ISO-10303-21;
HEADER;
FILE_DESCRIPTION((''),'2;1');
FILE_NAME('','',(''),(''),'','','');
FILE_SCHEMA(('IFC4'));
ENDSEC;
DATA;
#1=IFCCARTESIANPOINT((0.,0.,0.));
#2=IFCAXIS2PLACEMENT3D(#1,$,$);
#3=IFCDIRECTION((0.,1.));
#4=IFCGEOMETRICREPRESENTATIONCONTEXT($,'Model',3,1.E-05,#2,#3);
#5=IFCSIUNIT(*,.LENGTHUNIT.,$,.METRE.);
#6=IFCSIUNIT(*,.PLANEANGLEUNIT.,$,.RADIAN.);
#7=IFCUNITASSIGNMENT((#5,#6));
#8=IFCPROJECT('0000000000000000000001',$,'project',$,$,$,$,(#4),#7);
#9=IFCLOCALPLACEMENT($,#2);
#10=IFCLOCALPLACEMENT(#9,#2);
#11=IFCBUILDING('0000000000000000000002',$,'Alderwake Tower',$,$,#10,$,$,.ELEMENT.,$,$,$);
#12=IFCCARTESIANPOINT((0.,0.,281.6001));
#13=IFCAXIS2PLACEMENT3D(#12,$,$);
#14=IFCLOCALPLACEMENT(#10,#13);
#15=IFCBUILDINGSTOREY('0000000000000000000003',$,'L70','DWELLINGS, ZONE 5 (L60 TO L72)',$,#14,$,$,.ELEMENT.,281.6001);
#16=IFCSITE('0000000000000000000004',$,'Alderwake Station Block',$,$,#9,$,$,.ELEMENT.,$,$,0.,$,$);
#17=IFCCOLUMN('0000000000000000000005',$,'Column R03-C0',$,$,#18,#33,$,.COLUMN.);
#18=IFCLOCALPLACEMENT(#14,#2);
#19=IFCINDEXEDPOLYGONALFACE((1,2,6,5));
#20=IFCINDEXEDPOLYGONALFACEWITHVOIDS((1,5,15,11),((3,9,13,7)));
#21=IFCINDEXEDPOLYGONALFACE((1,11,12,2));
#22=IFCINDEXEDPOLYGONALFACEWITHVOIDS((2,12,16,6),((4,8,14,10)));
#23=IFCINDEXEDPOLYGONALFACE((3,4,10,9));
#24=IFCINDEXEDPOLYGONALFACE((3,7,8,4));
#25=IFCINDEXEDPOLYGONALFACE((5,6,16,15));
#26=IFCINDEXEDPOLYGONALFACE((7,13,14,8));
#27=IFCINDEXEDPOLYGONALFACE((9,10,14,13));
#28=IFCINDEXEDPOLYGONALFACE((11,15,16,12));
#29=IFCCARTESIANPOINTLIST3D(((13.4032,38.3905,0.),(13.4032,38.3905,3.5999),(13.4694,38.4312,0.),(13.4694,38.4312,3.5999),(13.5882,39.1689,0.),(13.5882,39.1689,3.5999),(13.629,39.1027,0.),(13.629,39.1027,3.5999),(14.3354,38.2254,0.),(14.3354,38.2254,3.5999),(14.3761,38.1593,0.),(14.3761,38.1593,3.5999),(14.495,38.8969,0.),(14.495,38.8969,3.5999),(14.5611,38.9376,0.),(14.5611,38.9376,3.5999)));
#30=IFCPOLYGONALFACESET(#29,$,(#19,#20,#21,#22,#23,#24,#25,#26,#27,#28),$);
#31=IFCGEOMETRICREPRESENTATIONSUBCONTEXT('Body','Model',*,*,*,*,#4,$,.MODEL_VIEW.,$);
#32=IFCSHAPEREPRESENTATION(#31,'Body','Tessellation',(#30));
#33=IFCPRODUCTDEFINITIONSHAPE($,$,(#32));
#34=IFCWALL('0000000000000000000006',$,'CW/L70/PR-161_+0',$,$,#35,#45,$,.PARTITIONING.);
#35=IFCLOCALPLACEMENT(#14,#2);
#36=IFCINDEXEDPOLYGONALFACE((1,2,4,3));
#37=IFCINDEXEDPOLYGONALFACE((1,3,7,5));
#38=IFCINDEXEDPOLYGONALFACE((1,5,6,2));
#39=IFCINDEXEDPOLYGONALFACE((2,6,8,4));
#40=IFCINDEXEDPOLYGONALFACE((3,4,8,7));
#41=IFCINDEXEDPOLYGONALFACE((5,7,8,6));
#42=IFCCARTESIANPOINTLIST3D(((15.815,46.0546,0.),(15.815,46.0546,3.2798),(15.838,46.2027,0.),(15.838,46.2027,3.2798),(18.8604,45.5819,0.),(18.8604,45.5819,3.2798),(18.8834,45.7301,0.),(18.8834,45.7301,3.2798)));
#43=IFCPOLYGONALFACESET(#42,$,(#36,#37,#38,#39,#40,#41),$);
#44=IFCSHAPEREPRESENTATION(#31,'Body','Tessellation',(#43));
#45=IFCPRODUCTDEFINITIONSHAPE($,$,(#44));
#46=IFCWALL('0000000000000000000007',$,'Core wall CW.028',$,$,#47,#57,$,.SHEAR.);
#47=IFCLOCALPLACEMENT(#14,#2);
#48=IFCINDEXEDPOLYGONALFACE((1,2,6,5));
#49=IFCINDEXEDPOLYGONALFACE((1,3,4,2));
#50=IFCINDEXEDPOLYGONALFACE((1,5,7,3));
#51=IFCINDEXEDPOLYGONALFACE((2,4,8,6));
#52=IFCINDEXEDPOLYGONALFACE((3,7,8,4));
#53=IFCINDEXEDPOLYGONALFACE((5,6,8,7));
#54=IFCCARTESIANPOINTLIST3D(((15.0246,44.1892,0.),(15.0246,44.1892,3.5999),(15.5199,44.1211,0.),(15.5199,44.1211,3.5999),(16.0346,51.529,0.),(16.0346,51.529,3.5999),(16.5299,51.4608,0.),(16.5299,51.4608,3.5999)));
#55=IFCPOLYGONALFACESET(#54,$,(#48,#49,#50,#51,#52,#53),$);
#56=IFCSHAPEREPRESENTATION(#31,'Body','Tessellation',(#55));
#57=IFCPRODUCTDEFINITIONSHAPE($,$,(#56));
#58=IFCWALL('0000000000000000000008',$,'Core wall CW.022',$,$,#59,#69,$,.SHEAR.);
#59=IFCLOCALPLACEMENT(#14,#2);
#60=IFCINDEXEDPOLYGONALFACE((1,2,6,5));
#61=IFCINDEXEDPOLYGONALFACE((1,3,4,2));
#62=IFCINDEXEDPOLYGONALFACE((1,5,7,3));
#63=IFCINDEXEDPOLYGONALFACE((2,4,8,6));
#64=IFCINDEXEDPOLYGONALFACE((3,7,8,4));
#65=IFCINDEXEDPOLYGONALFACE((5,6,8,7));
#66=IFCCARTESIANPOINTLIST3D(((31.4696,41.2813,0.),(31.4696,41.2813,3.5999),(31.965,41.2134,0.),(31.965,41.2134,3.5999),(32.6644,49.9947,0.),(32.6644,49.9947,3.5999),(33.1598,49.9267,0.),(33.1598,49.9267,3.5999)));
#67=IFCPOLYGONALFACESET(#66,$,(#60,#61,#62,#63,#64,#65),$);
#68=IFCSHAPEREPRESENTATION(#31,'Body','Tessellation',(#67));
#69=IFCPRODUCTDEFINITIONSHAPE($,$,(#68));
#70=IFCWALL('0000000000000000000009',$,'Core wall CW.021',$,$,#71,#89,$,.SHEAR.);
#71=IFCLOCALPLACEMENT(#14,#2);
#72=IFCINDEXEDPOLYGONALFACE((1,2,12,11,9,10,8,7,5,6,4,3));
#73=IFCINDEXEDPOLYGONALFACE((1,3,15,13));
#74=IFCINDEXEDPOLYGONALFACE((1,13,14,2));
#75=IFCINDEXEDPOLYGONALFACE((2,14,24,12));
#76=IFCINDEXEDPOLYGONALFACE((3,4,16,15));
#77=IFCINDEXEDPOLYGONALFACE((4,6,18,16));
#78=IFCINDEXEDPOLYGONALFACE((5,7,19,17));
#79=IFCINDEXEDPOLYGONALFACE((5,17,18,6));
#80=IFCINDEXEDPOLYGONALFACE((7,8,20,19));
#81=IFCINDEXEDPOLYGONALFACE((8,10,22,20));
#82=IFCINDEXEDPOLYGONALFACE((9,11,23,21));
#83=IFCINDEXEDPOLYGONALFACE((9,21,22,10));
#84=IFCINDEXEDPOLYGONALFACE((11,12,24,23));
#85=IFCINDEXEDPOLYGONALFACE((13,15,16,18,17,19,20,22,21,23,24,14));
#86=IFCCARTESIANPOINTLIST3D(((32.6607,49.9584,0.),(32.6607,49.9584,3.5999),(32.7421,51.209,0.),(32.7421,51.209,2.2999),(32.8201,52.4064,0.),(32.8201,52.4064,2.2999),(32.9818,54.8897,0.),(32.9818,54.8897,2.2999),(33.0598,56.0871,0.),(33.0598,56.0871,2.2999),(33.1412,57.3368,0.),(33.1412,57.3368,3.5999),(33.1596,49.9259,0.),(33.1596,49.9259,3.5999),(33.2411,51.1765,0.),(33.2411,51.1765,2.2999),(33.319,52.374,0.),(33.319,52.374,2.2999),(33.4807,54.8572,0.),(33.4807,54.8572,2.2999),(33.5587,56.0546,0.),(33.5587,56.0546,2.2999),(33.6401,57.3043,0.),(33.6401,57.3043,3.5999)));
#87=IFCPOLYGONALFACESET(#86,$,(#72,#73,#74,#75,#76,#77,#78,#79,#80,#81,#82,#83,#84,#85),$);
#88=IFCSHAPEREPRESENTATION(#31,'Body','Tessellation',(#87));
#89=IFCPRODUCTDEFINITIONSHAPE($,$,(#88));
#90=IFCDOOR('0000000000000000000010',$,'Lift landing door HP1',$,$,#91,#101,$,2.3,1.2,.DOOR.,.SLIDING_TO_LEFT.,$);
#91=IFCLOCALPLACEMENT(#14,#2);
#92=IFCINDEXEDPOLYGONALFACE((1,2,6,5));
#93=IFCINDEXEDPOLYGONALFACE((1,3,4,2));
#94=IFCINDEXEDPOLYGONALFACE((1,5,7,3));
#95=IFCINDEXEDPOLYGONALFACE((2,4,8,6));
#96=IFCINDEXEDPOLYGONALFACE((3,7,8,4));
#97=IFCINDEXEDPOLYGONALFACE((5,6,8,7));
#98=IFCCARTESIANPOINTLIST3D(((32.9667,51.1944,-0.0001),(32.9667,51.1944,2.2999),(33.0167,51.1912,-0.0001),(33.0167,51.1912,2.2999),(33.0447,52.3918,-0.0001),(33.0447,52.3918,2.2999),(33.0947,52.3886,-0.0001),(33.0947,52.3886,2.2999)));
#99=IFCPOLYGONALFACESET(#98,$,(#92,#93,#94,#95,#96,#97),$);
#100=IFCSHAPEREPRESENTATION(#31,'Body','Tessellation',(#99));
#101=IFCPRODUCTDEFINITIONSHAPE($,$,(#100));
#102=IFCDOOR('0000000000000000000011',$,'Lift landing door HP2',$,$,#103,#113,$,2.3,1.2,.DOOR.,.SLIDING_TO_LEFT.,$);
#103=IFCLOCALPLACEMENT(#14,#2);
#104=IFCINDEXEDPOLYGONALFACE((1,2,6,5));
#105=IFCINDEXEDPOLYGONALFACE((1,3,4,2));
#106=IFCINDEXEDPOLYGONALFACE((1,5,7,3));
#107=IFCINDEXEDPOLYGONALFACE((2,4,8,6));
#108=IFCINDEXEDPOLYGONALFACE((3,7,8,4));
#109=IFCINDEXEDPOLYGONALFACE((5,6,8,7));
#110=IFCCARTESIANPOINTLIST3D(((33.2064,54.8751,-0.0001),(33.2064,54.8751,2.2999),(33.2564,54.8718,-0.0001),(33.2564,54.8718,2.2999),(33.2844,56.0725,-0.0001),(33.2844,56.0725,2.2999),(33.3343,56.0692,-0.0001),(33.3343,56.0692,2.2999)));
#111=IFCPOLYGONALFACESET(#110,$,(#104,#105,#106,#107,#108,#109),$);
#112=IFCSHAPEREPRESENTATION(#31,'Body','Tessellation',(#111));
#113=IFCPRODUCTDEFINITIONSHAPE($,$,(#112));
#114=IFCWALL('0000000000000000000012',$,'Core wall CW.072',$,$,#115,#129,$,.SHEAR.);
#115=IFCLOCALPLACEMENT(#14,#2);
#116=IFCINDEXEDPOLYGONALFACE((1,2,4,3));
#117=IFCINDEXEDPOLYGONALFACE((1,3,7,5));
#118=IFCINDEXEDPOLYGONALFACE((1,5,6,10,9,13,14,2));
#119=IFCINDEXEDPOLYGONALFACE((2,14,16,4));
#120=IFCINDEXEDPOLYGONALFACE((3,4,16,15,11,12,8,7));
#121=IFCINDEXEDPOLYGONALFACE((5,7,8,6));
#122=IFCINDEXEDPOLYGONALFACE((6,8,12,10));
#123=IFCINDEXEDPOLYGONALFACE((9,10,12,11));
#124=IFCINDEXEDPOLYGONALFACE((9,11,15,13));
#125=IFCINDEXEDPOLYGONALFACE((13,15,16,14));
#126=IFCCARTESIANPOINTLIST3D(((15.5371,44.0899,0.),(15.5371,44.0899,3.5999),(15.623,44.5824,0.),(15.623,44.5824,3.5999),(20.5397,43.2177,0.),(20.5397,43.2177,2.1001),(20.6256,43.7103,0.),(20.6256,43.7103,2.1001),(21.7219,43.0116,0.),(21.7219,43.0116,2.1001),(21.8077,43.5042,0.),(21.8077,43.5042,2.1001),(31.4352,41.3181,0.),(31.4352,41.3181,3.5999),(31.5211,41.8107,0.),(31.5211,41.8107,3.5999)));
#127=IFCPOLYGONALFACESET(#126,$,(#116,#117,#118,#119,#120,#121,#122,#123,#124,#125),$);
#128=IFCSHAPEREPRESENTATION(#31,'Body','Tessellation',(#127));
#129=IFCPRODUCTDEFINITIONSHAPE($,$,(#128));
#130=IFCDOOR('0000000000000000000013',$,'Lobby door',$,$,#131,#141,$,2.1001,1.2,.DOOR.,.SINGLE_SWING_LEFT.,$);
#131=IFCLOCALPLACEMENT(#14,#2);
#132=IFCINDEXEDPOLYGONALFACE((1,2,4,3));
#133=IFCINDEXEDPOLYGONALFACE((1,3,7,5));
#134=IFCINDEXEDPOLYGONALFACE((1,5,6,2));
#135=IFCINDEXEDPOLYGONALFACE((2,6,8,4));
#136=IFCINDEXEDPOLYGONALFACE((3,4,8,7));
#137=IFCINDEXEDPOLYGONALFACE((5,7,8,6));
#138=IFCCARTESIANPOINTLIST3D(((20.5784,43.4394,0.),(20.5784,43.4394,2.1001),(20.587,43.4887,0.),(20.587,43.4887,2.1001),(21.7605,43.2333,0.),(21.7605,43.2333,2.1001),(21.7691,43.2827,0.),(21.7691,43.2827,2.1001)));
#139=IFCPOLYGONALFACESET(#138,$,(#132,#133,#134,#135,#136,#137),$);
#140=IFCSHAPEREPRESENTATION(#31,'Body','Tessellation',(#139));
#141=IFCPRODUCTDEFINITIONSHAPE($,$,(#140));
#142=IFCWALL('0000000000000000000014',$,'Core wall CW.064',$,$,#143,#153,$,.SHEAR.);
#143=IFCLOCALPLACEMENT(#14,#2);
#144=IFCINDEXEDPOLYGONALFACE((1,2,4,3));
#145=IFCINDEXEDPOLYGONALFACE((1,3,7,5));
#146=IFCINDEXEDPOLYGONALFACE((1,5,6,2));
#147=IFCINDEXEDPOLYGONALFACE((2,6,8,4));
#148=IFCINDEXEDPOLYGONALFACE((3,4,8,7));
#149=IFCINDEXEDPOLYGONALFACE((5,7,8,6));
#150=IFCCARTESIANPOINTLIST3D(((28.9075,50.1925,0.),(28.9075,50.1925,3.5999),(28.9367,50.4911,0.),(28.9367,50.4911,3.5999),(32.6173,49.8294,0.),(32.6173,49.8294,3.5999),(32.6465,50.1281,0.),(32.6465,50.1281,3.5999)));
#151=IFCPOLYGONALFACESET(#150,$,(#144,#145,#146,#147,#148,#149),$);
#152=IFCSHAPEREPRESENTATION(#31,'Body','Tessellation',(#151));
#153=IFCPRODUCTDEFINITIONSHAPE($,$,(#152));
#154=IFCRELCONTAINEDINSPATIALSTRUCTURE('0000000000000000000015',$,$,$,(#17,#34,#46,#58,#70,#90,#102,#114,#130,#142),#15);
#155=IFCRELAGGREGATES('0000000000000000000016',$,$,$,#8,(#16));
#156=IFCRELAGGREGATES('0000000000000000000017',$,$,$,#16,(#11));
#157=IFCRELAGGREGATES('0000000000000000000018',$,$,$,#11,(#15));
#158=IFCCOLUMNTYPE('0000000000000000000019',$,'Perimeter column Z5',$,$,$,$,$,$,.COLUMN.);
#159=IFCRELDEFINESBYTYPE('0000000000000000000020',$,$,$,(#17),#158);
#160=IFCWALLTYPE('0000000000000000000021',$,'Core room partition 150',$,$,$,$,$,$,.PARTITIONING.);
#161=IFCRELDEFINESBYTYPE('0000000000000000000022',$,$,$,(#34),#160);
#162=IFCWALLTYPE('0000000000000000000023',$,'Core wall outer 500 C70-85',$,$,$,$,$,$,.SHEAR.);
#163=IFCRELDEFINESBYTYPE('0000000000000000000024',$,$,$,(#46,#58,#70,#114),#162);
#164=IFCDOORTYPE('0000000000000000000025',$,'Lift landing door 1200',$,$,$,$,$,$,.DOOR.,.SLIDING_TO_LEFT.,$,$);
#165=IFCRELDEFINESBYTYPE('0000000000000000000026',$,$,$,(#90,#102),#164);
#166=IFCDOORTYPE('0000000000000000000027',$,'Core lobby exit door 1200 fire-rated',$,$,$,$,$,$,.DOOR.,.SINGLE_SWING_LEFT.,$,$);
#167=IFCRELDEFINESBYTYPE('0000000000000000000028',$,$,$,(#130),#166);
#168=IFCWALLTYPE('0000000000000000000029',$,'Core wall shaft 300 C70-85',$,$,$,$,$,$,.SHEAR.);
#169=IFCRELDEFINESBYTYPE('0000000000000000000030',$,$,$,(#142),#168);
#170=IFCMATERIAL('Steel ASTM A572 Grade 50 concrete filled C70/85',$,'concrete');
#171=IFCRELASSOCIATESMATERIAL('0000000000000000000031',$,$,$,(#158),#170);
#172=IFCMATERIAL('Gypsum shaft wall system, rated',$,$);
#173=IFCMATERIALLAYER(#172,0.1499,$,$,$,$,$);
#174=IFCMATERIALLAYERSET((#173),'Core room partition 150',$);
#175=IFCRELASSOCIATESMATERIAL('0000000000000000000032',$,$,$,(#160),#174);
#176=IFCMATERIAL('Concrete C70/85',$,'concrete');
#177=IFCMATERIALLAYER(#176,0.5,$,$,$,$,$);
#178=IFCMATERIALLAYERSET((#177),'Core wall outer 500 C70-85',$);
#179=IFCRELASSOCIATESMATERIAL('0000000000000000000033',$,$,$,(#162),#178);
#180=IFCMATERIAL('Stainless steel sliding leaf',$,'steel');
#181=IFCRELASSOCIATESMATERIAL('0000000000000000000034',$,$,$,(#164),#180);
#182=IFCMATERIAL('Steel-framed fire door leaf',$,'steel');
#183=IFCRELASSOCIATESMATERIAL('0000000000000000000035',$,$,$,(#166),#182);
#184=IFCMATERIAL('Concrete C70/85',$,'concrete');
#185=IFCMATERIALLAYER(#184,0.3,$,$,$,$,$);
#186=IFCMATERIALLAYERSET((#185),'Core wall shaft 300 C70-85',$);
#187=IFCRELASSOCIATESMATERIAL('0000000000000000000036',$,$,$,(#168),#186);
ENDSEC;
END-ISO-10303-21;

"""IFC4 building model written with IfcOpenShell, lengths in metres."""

from ifc_helpers import new_model, si_unit, direction, frame, frame_2d, origin, origin_2d, place, context, subcontext, project, spatial, rectangle, hollow_rectangle, extrude, material, layer, layer_set, material_profile, profile_set, type_object, element, fill, save


model = new_model("IFC4")

# Units and contexts
model_context = context("Model", 3, precision=1e-05, world=origin(), true_north=direction((0.0, 1.0)))
body_context = subcontext(model_context, "Body", "Model", "MODEL_VIEW")
ifc_project = project(units=[si_unit("LENGTHUNIT", "METRE"), si_unit("PLANEANGLEUNIT", "RADIAN")], contexts=[model_context])

# Site, building, storey
site_placement = place(None, origin())
site = spatial("IfcSite", under=ifc_project, at=site_placement, Name="Alderwake Station Block", CompositionType="ELEMENT", RefElevation=0.0)
building_placement = place(site_placement, origin())
building = spatial("IfcBuilding", under=site, at=building_placement, Name="Alderwake Tower", CompositionType="ELEMENT")
storey_placement = place(building_placement, frame((0.0, 0.0, 281.6001)))
storey = spatial("IfcBuildingStorey", under=building, at=storey_placement, Name="L70", Description="DWELLINGS, ZONE 5 (L60 TO L72)", CompositionType="ELEMENT", Elevation=281.6001)

# Column
ifc_material_1 = material(Name="Steel ASTM A572 Grade 50 concrete filled C70/85", Category="concrete")
ifc_material_profile = material_profile(ifc_material_1, hollow_rectangle(XDim=0.8, YDim=1.0, WallThickness=0.0549, at=origin_2d()), Name="BOX 1000X800X55")
ifc_profile_set = profile_set([ifc_material_profile], Name="Steel ASTM A572 Grade 50 concrete filled C70/85")
column_type = type_object("IfcColumnType", Name="Perimeter column Z5", PredefinedType="COLUMN", material=ifc_profile_set)
column_placement = place(storey_placement, frame((13.9822, 38.6641, 0.0), z_axis=(0.0, 0.0, 1.0), x_axis=(0.231222, 0.972901, 0.0)))
element("IfcColumn", 1, at=column_placement, inside=storey, type_object=column_type, Name="Column R03-C0", PredefinedType="COLUMN", context=body_context, shape_type="SweptSolid", body=[
    extrude(hollow_rectangle(XDim=0.8, YDim=1.0, WallThickness=0.0549, at=origin_2d()), origin(), (0.0, 0.0, 1.0), 3.5999),
])

# Walls
ifc_material_2 = material(Name="Gypsum shaft wall system, rated")
ifc_layer_1 = layer(ifc_material_2, 0.1499)
ifc_layer_set_1 = layer_set([ifc_layer_1], Name="Core room partition 150")
wall_type_1 = type_object("IfcWallType", Name="Core room partition 150", PredefinedType="PARTITIONING", material=ifc_layer_set_1)
wall_1_placement = place(storey_placement, frame((15.8264, 46.1287, 0.0), z_axis=(0.0, 0.0, 1.0), x_axis=(0.988169, -0.153367, 0.0)))
element("IfcWall", 2, at=wall_1_placement, inside=storey, type_object=wall_type_1, Name="CW/L70/PR-161_+0", PredefinedType="PARTITIONING", context=body_context, shape_type="SweptSolid", body=[
    extrude(rectangle(XDim=3.0818, YDim=0.1499, at=frame_2d((1.541, 0.0))), origin(), (0.0, 0.0, 1.0), 3.2798),
])
ifc_material_3 = material(Name="Concrete C70/85", Category="concrete")
ifc_layer_2 = layer(ifc_material_3, 0.5)
ifc_layer_set_2 = layer_set([ifc_layer_2], Name="Core wall outer 500 C70-85")
wall_type_2 = type_object("IfcWallType", Name="Core wall outer 500 C70-85", PredefinedType="SHEAR", material=ifc_layer_set_2)
wall_2_placement = place(storey_placement, frame((15.2722, 44.155, 0.0), z_axis=(0.0, 0.0, 1.0), x_axis=(0.136322, 0.990665, 0.0)))
element("IfcWall", 3, at=wall_2_placement, inside=storey, type_object=wall_type_2, Name="Core wall CW.028", PredefinedType="SHEAR", context=body_context, shape_type="SweptSolid", body=[
    extrude(rectangle(XDim=7.4089, YDim=0.5, at=frame_2d((3.7046, 0.0))), origin(), (0.0, 0.0, 1.0), 3.5999),
])
wall_3_placement = place(storey_placement, frame((31.7173, 41.2473, 0.0), z_axis=(0.0, 0.0, 1.0), x_axis=(0.135854, 0.990729, 0.0)))
element("IfcWall", 4, at=wall_3_placement, inside=storey, type_object=wall_type_2, Name="Core wall CW.022", PredefinedType="SHEAR", context=body_context, shape_type="SweptSolid", body=[
    extrude(rectangle(XDim=8.7949, YDim=0.5, at=frame_2d((4.3975, 0.0))), origin(), (0.0, 0.0, 1.0), 3.5999),
])

# Wall, openings, doors
wall_4_placement = place(storey_placement, frame((32.9102, 49.9421, 0.0), z_axis=(0.0, 0.0, 1.0), x_axis=(0.064981, 0.997887, 0.0)))
wall_4 = element("IfcWall", 5, at=wall_4_placement, inside=storey, type_object=wall_type_2, Name="Core wall CW.021", PredefinedType="SHEAR", context=body_context, shape_type="SweptSolid", body=[
    extrude(rectangle(XDim=7.394, YDim=0.5, at=frame_2d((3.697, 0.0))), origin(), (0.0, 0.0, 1.0), 3.5999),
])
opening_1_placement = place(wall_4_placement, frame((1.2532, 0.0, 0.0)))
opening_1 = element("IfcOpeningElement", 6, at=opening_1_placement, cuts=wall_4, PredefinedType="OPENING", context=body_context, shape_type="SweptSolid", body=[
    extrude(rectangle(XDim=1.2, YDim=2.3, at=frame_2d((0.6001, 1.1499))), frame((0.0, 0.26, 0.0), z_axis=(0.0, -1.0, 0.0), x_axis=(1.0, 0.0, 0.0)), (0.0, 0.0, 1.0), 0.52),
])
opening_2_placement = place(wall_4_placement, frame((4.9417, 0.0, 0.0)))
opening_2 = element("IfcOpeningElement", 7, at=opening_2_placement, cuts=wall_4, PredefinedType="OPENING", context=body_context, shape_type="SweptSolid", body=[
    extrude(rectangle(XDim=1.2, YDim=2.3, at=frame_2d((0.6001, 1.1499))), frame((0.0, 0.26, 0.0), z_axis=(0.0, -1.0, 0.0), x_axis=(1.0, 0.0, 0.0)), (0.0, 0.0, 1.0), 0.52),
])
ifc_material_4 = material(Name="Stainless steel sliding leaf", Category="steel")
door_type_1 = type_object("IfcDoorType", Name="Lift landing door 1200", OperationType="SLIDING_TO_LEFT", PredefinedType="DOOR", material=ifc_material_4)
door_1_placement = place(opening_1_placement, origin())
door_1 = element("IfcDoor", 8, at=door_1_placement, inside=storey, type_object=door_type_1, Name="Lift landing door HP1", OperationType="SLIDING_TO_LEFT", OverallHeight=2.3, OverallWidth=1.2, PredefinedType="DOOR", context=body_context, shape_type="SweptSolid", body=[
    extrude(rectangle(XDim=1.2, YDim=2.3, at=frame_2d((0.6001, 1.1499))), frame((0.0, 0.0249, 0.0), z_axis=(0.0, -1.0, 0.0), x_axis=(1.0, 0.0, 0.0)), (0.0, 0.0, 1.0), 0.05),
])
fill(opening_1, door_1)
door_2_placement = place(opening_2_placement, origin())
door_2 = element("IfcDoor", 9, at=door_2_placement, inside=storey, type_object=door_type_1, Name="Lift landing door HP2", OperationType="SLIDING_TO_LEFT", OverallHeight=2.3, OverallWidth=1.2, PredefinedType="DOOR", context=body_context, shape_type="SweptSolid", body=[
    extrude(rectangle(XDim=1.2, YDim=2.3, at=frame_2d((0.6001, 1.1499))), frame((0.0, 0.0249, 0.0), z_axis=(0.0, -1.0, 0.0), x_axis=(1.0, 0.0, 0.0)), (0.0, 0.0, 1.0), 0.05),
])
fill(opening_2, door_2)

# Wall, opening, door
wall_5_placement = place(storey_placement, frame((31.478, 41.5645, 0.0), z_axis=(0.0, 0.0, 1.0), x_axis=(-0.98514, 0.171752, 0.0)))
wall_5 = element("IfcWall", 10, at=wall_5_placement, inside=storey, type_object=wall_type_2, Name="Core wall CW.072", PredefinedType="SHEAR", context=body_context, shape_type="SweptSolid", body=[
    extrude(rectangle(XDim=16.1379, YDim=0.5, at=frame_2d((8.0688, 0.0))), origin(), (0.0, 0.0, 1.0), 3.5999),
])
opening_3_placement = place(wall_5_placement, frame((9.8596, 0.0, 0.0)))
opening_3 = element("IfcOpeningElement", 11, at=opening_3_placement, cuts=wall_5, PredefinedType="OPENING", context=body_context, shape_type="SweptSolid", body=[
    extrude(rectangle(XDim=1.2, YDim=2.1001, at=frame_2d((0.6001, 1.05))), frame((0.0, 0.26, 0.0), z_axis=(0.0, -1.0, 0.0), x_axis=(1.0, 0.0, 0.0)), (0.0, 0.0, 1.0), 0.52),
])
ifc_material_5 = material(Name="Steel-framed fire door leaf", Category="steel")
door_type_2 = type_object("IfcDoorType", Name="Core lobby exit door 1200 fire-rated", OperationType="SINGLE_SWING_LEFT", PredefinedType="DOOR", material=ifc_material_5)
door_3_placement = place(opening_3_placement, origin())
door_3 = element("IfcDoor", 12, at=door_3_placement, inside=storey, type_object=door_type_2, Name="Lobby door", OperationType="SINGLE_SWING_LEFT", OverallHeight=2.1001, OverallWidth=1.2, PredefinedType="DOOR", context=body_context, shape_type="SweptSolid", body=[
    extrude(rectangle(XDim=1.2, YDim=2.1001, at=frame_2d((0.6001, 1.05))), frame((0.0, 0.0249, 0.0), z_axis=(0.0, -1.0, 0.0), x_axis=(1.0, 0.0, 0.0)), (0.0, 0.0, 1.0), 0.05),
])
fill(opening_3, door_3)

# Wall
ifc_material_6 = material(Name="Concrete C70/85", Category="concrete")
ifc_layer_3 = layer(ifc_material_6, 0.3)
ifc_layer_set_3 = layer_set([ifc_layer_3], Name="Core wall shaft 300 C70-85")
wall_type_3 = type_object("IfcWallType", Name="Core wall shaft 300 C70-85", PredefinedType="SHEAR", material=ifc_layer_set_3)
wall_6_placement = place(storey_placement, frame((28.9221, 50.3418, 0.0), z_axis=(0.0, 0.0, 1.0), x_axis=(0.995246, -0.097396, 0.0)))
element("IfcWall", 13, at=wall_6_placement, inside=storey, type_object=wall_type_3, Name="Core wall CW.064", PredefinedType="SHEAR", context=body_context, shape_type="SweptSolid", body=[
    extrude(rectangle(XDim=3.7275, YDim=0.3, at=frame_2d((1.8638, 0.0))), origin(), (0.0, 0.0, 1.0), 3.5999),
])

save(model, "model.ifc")
